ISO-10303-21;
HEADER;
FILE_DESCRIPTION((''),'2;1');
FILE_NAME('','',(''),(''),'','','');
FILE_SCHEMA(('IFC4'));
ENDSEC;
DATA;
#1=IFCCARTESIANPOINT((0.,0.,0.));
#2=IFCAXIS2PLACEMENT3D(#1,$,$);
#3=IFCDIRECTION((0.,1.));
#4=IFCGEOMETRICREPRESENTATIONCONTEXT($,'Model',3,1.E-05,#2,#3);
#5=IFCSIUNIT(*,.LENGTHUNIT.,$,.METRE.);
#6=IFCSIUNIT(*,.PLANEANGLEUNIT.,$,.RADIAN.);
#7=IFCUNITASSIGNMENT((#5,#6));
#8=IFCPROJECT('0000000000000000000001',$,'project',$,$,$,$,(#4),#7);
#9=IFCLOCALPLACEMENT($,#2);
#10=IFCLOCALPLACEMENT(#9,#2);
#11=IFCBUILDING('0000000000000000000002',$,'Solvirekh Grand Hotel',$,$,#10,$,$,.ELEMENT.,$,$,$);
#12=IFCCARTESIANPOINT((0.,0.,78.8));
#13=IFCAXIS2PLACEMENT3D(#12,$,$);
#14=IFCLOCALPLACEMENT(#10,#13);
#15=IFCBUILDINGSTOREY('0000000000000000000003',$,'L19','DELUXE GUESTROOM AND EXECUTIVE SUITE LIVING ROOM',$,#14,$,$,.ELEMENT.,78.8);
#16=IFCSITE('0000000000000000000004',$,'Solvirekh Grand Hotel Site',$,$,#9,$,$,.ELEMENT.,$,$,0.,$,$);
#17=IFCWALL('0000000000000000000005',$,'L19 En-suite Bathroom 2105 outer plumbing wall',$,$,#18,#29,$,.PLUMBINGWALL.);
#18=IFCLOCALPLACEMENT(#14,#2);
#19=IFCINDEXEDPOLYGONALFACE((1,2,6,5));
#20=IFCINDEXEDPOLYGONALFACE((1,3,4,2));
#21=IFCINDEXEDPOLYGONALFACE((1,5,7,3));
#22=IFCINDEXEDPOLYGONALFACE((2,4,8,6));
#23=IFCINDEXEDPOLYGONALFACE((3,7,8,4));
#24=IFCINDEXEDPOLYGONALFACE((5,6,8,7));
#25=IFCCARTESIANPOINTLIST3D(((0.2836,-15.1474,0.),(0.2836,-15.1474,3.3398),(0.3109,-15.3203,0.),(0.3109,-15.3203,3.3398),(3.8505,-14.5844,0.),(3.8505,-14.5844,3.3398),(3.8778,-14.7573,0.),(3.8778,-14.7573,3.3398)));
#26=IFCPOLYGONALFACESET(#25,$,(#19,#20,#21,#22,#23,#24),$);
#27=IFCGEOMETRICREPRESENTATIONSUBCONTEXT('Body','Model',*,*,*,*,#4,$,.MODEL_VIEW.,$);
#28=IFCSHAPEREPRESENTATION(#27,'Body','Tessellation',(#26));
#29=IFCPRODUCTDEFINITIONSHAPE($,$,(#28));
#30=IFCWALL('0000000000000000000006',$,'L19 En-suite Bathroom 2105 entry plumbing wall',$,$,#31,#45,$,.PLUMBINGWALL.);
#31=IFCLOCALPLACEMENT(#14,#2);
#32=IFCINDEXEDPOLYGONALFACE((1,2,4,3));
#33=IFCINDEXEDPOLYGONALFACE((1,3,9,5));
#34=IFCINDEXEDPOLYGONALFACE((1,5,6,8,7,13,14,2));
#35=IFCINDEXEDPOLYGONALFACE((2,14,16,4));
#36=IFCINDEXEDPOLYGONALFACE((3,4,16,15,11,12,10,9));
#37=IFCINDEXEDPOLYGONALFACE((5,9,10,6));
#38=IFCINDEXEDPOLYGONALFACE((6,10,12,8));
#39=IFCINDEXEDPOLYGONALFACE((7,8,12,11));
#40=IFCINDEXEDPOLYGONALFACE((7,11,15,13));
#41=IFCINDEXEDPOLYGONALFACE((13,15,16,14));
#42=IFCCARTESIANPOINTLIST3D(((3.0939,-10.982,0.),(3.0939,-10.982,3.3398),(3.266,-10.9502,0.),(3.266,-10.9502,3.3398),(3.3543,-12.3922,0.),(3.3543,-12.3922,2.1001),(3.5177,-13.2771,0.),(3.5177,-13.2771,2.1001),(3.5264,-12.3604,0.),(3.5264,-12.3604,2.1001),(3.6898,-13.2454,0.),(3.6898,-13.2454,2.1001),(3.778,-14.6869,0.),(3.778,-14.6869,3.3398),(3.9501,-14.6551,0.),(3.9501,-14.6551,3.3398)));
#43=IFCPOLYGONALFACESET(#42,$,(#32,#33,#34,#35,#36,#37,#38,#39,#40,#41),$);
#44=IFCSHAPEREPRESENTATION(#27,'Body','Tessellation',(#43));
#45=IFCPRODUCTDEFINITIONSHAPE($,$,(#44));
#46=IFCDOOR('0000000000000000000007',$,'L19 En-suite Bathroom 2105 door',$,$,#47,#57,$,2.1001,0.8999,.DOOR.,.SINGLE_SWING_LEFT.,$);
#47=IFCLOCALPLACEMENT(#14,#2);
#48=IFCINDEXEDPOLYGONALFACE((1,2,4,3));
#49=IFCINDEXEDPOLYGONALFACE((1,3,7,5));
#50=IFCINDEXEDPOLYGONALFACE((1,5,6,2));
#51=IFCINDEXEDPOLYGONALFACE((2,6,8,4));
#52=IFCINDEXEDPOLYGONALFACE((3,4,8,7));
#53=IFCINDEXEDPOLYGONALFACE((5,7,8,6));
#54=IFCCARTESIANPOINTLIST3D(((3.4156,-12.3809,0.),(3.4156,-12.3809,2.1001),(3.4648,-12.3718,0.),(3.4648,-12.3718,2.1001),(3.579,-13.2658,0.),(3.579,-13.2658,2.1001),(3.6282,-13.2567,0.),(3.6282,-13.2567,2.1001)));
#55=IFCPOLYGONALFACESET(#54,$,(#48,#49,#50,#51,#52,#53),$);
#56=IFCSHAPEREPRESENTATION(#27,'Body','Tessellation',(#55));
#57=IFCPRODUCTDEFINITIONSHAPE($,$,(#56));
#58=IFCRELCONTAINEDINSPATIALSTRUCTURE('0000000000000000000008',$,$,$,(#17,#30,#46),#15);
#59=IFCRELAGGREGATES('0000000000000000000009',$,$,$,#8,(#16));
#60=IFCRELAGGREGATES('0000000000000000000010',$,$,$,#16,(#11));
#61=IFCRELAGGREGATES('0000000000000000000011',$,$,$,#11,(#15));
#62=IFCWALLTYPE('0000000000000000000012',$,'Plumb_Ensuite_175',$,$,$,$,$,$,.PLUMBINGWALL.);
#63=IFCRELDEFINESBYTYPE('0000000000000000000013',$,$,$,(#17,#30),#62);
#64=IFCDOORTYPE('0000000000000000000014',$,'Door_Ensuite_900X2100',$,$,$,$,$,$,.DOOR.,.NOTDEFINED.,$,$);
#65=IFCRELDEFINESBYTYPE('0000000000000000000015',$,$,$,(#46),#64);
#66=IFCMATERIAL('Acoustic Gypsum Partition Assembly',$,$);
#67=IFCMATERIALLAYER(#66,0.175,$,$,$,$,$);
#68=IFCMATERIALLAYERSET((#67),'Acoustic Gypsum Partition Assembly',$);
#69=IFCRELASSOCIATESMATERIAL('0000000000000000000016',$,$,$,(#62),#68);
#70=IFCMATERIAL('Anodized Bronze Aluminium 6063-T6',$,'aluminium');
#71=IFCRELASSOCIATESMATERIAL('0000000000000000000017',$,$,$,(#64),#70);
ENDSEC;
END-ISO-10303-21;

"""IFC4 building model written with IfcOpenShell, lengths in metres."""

from ifc_helpers import new_model, si_unit, direction, frame, frame_2d, origin, place, context, subcontext, project, spatial, rectangle, extrude, material, layer, layer_set, type_object, element, fill, save


model = new_model("IFC4")

# Units and contexts
model_context = context("Model", 3, precision=1e-05, world=origin(), true_north=direction((0.0, 1.0)))
body_context = subcontext(model_context, "Body", "Model", "MODEL_VIEW")
ifc_project = project(units=[si_unit("LENGTHUNIT", "METRE"), si_unit("PLANEANGLEUNIT", "RADIAN")], contexts=[model_context])

# Site, building, storey
site_placement = place(None, origin())
site = spatial("IfcSite", under=ifc_project, at=site_placement, Name="Solvirekh Grand Hotel Site", CompositionType="ELEMENT", RefElevation=0.0)
building_placement = place(site_placement, origin())
building = spatial("IfcBuilding", under=site, at=building_placement, Name="Solvirekh Grand Hotel", CompositionType="ELEMENT")
storey_placement = place(building_placement, frame((0.0, 0.0, 78.8)))
storey = spatial("IfcBuildingStorey", under=building, at=storey_placement, Name="L19", Description="DELUXE GUESTROOM AND EXECUTIVE SUITE LIVING ROOM", CompositionType="ELEMENT", Elevation=78.8)

# Shared definitions
ifc_material_1 = material(Name="Acoustic Gypsum Partition Assembly")

# Shared definitions
ifc_material_2 = material(Name="Anodized Bronze Aluminium 6063-T6", Category="aluminium")

# Wall
ifc_layer_1 = layer(ifc_material_1, 0.175)
ifc_layer_set_1 = layer_set([ifc_layer_1], Name="Acoustic Gypsum Partition Assembly")
wall_type_1 = type_object("IfcWallType", Name="Plumb_Ensuite_175", PredefinedType="PLUMBINGWALL", material=ifc_layer_set_1)
wall_1_placement = place(storey_placement, frame((0.2971, -15.2339, 0.0), z_axis=(0.0, 0.0, 1.0), x_axis=(0.987772, 0.155907, 0.0)))
element("IfcWall", 1, at=wall_1_placement, inside=storey, type_object=wall_type_1, Name="L19 En-suite Bathroom 2105 outer plumbing wall", PredefinedType="PLUMBINGWALL", context=body_context, shape_type="SweptSolid", body=[
    extrude(rectangle(XDim=3.6111, YDim=0.175, at=frame_2d((1.8057, 0.0))), origin(), (0.0, 0.0, 1.0), 3.3398),
])

# Wall, opening, door
wall_2_placement = place(storey_placement, frame((3.1799, -10.9661, 0.0), z_axis=(0.0, 0.0, 1.0), x_axis=(0.181576, -0.983377, 0.0)))
wall_2 = element("IfcWall", 2, at=wall_2_placement, inside=storey, type_object=wall_type_1, Name="L19 En-suite Bathroom 2105 entry plumbing wall", PredefinedType="PLUMBINGWALL", context=body_context, shape_type="SweptSolid", body=[
    extrude(rectangle(XDim=3.7676, YDim=0.175, at=frame_2d((1.8838, 0.0))), origin(), (0.0, 0.0, 1.0), 3.3398),
])
opening_1_placement = place(wall_2_placement, frame((1.4341, 0.0, 0.0)))
opening_1 = element("IfcOpeningElement", 3, at=opening_1_placement, cuts=wall_2, PredefinedType="OPENING", context=body_context, shape_type="SweptSolid", body=[
    extrude(rectangle(XDim=0.8999, YDim=2.1001, at=frame_2d((0.45, 1.05))), frame((0.0, 0.0977, 0.0), z_axis=(0.0, -1.0, 0.0), x_axis=(1.0, 0.0, 0.0)), (0.0, 0.0, 1.0), 0.1951),
])
door_type_1 = type_object("IfcDoorType", Name="Door_Ensuite_900X2100", OperationType="NOTDEFINED", PredefinedType="DOOR", material=ifc_material_2)
door_1_placement = place(opening_1_placement, origin())
door_1 = element("IfcDoor", 4, at=door_1_placement, inside=storey, type_object=door_type_1, Name="L19 En-suite Bathroom 2105 door", OperationType="SINGLE_SWING_LEFT", OverallHeight=2.1001, OverallWidth=0.8999, PredefinedType="DOOR", context=body_context, shape_type="SweptSolid", body=[
    extrude(rectangle(XDim=0.8999, YDim=2.1001, at=frame_2d((0.45, 1.05))), frame((0.0, 0.0249, 0.0), z_axis=(0.0, -1.0, 0.0), x_axis=(1.0, 0.0, 0.0)), (0.0, 0.0, 1.0), 0.05),
])
fill(opening_1, door_1)

save(model, "model.ifc")
